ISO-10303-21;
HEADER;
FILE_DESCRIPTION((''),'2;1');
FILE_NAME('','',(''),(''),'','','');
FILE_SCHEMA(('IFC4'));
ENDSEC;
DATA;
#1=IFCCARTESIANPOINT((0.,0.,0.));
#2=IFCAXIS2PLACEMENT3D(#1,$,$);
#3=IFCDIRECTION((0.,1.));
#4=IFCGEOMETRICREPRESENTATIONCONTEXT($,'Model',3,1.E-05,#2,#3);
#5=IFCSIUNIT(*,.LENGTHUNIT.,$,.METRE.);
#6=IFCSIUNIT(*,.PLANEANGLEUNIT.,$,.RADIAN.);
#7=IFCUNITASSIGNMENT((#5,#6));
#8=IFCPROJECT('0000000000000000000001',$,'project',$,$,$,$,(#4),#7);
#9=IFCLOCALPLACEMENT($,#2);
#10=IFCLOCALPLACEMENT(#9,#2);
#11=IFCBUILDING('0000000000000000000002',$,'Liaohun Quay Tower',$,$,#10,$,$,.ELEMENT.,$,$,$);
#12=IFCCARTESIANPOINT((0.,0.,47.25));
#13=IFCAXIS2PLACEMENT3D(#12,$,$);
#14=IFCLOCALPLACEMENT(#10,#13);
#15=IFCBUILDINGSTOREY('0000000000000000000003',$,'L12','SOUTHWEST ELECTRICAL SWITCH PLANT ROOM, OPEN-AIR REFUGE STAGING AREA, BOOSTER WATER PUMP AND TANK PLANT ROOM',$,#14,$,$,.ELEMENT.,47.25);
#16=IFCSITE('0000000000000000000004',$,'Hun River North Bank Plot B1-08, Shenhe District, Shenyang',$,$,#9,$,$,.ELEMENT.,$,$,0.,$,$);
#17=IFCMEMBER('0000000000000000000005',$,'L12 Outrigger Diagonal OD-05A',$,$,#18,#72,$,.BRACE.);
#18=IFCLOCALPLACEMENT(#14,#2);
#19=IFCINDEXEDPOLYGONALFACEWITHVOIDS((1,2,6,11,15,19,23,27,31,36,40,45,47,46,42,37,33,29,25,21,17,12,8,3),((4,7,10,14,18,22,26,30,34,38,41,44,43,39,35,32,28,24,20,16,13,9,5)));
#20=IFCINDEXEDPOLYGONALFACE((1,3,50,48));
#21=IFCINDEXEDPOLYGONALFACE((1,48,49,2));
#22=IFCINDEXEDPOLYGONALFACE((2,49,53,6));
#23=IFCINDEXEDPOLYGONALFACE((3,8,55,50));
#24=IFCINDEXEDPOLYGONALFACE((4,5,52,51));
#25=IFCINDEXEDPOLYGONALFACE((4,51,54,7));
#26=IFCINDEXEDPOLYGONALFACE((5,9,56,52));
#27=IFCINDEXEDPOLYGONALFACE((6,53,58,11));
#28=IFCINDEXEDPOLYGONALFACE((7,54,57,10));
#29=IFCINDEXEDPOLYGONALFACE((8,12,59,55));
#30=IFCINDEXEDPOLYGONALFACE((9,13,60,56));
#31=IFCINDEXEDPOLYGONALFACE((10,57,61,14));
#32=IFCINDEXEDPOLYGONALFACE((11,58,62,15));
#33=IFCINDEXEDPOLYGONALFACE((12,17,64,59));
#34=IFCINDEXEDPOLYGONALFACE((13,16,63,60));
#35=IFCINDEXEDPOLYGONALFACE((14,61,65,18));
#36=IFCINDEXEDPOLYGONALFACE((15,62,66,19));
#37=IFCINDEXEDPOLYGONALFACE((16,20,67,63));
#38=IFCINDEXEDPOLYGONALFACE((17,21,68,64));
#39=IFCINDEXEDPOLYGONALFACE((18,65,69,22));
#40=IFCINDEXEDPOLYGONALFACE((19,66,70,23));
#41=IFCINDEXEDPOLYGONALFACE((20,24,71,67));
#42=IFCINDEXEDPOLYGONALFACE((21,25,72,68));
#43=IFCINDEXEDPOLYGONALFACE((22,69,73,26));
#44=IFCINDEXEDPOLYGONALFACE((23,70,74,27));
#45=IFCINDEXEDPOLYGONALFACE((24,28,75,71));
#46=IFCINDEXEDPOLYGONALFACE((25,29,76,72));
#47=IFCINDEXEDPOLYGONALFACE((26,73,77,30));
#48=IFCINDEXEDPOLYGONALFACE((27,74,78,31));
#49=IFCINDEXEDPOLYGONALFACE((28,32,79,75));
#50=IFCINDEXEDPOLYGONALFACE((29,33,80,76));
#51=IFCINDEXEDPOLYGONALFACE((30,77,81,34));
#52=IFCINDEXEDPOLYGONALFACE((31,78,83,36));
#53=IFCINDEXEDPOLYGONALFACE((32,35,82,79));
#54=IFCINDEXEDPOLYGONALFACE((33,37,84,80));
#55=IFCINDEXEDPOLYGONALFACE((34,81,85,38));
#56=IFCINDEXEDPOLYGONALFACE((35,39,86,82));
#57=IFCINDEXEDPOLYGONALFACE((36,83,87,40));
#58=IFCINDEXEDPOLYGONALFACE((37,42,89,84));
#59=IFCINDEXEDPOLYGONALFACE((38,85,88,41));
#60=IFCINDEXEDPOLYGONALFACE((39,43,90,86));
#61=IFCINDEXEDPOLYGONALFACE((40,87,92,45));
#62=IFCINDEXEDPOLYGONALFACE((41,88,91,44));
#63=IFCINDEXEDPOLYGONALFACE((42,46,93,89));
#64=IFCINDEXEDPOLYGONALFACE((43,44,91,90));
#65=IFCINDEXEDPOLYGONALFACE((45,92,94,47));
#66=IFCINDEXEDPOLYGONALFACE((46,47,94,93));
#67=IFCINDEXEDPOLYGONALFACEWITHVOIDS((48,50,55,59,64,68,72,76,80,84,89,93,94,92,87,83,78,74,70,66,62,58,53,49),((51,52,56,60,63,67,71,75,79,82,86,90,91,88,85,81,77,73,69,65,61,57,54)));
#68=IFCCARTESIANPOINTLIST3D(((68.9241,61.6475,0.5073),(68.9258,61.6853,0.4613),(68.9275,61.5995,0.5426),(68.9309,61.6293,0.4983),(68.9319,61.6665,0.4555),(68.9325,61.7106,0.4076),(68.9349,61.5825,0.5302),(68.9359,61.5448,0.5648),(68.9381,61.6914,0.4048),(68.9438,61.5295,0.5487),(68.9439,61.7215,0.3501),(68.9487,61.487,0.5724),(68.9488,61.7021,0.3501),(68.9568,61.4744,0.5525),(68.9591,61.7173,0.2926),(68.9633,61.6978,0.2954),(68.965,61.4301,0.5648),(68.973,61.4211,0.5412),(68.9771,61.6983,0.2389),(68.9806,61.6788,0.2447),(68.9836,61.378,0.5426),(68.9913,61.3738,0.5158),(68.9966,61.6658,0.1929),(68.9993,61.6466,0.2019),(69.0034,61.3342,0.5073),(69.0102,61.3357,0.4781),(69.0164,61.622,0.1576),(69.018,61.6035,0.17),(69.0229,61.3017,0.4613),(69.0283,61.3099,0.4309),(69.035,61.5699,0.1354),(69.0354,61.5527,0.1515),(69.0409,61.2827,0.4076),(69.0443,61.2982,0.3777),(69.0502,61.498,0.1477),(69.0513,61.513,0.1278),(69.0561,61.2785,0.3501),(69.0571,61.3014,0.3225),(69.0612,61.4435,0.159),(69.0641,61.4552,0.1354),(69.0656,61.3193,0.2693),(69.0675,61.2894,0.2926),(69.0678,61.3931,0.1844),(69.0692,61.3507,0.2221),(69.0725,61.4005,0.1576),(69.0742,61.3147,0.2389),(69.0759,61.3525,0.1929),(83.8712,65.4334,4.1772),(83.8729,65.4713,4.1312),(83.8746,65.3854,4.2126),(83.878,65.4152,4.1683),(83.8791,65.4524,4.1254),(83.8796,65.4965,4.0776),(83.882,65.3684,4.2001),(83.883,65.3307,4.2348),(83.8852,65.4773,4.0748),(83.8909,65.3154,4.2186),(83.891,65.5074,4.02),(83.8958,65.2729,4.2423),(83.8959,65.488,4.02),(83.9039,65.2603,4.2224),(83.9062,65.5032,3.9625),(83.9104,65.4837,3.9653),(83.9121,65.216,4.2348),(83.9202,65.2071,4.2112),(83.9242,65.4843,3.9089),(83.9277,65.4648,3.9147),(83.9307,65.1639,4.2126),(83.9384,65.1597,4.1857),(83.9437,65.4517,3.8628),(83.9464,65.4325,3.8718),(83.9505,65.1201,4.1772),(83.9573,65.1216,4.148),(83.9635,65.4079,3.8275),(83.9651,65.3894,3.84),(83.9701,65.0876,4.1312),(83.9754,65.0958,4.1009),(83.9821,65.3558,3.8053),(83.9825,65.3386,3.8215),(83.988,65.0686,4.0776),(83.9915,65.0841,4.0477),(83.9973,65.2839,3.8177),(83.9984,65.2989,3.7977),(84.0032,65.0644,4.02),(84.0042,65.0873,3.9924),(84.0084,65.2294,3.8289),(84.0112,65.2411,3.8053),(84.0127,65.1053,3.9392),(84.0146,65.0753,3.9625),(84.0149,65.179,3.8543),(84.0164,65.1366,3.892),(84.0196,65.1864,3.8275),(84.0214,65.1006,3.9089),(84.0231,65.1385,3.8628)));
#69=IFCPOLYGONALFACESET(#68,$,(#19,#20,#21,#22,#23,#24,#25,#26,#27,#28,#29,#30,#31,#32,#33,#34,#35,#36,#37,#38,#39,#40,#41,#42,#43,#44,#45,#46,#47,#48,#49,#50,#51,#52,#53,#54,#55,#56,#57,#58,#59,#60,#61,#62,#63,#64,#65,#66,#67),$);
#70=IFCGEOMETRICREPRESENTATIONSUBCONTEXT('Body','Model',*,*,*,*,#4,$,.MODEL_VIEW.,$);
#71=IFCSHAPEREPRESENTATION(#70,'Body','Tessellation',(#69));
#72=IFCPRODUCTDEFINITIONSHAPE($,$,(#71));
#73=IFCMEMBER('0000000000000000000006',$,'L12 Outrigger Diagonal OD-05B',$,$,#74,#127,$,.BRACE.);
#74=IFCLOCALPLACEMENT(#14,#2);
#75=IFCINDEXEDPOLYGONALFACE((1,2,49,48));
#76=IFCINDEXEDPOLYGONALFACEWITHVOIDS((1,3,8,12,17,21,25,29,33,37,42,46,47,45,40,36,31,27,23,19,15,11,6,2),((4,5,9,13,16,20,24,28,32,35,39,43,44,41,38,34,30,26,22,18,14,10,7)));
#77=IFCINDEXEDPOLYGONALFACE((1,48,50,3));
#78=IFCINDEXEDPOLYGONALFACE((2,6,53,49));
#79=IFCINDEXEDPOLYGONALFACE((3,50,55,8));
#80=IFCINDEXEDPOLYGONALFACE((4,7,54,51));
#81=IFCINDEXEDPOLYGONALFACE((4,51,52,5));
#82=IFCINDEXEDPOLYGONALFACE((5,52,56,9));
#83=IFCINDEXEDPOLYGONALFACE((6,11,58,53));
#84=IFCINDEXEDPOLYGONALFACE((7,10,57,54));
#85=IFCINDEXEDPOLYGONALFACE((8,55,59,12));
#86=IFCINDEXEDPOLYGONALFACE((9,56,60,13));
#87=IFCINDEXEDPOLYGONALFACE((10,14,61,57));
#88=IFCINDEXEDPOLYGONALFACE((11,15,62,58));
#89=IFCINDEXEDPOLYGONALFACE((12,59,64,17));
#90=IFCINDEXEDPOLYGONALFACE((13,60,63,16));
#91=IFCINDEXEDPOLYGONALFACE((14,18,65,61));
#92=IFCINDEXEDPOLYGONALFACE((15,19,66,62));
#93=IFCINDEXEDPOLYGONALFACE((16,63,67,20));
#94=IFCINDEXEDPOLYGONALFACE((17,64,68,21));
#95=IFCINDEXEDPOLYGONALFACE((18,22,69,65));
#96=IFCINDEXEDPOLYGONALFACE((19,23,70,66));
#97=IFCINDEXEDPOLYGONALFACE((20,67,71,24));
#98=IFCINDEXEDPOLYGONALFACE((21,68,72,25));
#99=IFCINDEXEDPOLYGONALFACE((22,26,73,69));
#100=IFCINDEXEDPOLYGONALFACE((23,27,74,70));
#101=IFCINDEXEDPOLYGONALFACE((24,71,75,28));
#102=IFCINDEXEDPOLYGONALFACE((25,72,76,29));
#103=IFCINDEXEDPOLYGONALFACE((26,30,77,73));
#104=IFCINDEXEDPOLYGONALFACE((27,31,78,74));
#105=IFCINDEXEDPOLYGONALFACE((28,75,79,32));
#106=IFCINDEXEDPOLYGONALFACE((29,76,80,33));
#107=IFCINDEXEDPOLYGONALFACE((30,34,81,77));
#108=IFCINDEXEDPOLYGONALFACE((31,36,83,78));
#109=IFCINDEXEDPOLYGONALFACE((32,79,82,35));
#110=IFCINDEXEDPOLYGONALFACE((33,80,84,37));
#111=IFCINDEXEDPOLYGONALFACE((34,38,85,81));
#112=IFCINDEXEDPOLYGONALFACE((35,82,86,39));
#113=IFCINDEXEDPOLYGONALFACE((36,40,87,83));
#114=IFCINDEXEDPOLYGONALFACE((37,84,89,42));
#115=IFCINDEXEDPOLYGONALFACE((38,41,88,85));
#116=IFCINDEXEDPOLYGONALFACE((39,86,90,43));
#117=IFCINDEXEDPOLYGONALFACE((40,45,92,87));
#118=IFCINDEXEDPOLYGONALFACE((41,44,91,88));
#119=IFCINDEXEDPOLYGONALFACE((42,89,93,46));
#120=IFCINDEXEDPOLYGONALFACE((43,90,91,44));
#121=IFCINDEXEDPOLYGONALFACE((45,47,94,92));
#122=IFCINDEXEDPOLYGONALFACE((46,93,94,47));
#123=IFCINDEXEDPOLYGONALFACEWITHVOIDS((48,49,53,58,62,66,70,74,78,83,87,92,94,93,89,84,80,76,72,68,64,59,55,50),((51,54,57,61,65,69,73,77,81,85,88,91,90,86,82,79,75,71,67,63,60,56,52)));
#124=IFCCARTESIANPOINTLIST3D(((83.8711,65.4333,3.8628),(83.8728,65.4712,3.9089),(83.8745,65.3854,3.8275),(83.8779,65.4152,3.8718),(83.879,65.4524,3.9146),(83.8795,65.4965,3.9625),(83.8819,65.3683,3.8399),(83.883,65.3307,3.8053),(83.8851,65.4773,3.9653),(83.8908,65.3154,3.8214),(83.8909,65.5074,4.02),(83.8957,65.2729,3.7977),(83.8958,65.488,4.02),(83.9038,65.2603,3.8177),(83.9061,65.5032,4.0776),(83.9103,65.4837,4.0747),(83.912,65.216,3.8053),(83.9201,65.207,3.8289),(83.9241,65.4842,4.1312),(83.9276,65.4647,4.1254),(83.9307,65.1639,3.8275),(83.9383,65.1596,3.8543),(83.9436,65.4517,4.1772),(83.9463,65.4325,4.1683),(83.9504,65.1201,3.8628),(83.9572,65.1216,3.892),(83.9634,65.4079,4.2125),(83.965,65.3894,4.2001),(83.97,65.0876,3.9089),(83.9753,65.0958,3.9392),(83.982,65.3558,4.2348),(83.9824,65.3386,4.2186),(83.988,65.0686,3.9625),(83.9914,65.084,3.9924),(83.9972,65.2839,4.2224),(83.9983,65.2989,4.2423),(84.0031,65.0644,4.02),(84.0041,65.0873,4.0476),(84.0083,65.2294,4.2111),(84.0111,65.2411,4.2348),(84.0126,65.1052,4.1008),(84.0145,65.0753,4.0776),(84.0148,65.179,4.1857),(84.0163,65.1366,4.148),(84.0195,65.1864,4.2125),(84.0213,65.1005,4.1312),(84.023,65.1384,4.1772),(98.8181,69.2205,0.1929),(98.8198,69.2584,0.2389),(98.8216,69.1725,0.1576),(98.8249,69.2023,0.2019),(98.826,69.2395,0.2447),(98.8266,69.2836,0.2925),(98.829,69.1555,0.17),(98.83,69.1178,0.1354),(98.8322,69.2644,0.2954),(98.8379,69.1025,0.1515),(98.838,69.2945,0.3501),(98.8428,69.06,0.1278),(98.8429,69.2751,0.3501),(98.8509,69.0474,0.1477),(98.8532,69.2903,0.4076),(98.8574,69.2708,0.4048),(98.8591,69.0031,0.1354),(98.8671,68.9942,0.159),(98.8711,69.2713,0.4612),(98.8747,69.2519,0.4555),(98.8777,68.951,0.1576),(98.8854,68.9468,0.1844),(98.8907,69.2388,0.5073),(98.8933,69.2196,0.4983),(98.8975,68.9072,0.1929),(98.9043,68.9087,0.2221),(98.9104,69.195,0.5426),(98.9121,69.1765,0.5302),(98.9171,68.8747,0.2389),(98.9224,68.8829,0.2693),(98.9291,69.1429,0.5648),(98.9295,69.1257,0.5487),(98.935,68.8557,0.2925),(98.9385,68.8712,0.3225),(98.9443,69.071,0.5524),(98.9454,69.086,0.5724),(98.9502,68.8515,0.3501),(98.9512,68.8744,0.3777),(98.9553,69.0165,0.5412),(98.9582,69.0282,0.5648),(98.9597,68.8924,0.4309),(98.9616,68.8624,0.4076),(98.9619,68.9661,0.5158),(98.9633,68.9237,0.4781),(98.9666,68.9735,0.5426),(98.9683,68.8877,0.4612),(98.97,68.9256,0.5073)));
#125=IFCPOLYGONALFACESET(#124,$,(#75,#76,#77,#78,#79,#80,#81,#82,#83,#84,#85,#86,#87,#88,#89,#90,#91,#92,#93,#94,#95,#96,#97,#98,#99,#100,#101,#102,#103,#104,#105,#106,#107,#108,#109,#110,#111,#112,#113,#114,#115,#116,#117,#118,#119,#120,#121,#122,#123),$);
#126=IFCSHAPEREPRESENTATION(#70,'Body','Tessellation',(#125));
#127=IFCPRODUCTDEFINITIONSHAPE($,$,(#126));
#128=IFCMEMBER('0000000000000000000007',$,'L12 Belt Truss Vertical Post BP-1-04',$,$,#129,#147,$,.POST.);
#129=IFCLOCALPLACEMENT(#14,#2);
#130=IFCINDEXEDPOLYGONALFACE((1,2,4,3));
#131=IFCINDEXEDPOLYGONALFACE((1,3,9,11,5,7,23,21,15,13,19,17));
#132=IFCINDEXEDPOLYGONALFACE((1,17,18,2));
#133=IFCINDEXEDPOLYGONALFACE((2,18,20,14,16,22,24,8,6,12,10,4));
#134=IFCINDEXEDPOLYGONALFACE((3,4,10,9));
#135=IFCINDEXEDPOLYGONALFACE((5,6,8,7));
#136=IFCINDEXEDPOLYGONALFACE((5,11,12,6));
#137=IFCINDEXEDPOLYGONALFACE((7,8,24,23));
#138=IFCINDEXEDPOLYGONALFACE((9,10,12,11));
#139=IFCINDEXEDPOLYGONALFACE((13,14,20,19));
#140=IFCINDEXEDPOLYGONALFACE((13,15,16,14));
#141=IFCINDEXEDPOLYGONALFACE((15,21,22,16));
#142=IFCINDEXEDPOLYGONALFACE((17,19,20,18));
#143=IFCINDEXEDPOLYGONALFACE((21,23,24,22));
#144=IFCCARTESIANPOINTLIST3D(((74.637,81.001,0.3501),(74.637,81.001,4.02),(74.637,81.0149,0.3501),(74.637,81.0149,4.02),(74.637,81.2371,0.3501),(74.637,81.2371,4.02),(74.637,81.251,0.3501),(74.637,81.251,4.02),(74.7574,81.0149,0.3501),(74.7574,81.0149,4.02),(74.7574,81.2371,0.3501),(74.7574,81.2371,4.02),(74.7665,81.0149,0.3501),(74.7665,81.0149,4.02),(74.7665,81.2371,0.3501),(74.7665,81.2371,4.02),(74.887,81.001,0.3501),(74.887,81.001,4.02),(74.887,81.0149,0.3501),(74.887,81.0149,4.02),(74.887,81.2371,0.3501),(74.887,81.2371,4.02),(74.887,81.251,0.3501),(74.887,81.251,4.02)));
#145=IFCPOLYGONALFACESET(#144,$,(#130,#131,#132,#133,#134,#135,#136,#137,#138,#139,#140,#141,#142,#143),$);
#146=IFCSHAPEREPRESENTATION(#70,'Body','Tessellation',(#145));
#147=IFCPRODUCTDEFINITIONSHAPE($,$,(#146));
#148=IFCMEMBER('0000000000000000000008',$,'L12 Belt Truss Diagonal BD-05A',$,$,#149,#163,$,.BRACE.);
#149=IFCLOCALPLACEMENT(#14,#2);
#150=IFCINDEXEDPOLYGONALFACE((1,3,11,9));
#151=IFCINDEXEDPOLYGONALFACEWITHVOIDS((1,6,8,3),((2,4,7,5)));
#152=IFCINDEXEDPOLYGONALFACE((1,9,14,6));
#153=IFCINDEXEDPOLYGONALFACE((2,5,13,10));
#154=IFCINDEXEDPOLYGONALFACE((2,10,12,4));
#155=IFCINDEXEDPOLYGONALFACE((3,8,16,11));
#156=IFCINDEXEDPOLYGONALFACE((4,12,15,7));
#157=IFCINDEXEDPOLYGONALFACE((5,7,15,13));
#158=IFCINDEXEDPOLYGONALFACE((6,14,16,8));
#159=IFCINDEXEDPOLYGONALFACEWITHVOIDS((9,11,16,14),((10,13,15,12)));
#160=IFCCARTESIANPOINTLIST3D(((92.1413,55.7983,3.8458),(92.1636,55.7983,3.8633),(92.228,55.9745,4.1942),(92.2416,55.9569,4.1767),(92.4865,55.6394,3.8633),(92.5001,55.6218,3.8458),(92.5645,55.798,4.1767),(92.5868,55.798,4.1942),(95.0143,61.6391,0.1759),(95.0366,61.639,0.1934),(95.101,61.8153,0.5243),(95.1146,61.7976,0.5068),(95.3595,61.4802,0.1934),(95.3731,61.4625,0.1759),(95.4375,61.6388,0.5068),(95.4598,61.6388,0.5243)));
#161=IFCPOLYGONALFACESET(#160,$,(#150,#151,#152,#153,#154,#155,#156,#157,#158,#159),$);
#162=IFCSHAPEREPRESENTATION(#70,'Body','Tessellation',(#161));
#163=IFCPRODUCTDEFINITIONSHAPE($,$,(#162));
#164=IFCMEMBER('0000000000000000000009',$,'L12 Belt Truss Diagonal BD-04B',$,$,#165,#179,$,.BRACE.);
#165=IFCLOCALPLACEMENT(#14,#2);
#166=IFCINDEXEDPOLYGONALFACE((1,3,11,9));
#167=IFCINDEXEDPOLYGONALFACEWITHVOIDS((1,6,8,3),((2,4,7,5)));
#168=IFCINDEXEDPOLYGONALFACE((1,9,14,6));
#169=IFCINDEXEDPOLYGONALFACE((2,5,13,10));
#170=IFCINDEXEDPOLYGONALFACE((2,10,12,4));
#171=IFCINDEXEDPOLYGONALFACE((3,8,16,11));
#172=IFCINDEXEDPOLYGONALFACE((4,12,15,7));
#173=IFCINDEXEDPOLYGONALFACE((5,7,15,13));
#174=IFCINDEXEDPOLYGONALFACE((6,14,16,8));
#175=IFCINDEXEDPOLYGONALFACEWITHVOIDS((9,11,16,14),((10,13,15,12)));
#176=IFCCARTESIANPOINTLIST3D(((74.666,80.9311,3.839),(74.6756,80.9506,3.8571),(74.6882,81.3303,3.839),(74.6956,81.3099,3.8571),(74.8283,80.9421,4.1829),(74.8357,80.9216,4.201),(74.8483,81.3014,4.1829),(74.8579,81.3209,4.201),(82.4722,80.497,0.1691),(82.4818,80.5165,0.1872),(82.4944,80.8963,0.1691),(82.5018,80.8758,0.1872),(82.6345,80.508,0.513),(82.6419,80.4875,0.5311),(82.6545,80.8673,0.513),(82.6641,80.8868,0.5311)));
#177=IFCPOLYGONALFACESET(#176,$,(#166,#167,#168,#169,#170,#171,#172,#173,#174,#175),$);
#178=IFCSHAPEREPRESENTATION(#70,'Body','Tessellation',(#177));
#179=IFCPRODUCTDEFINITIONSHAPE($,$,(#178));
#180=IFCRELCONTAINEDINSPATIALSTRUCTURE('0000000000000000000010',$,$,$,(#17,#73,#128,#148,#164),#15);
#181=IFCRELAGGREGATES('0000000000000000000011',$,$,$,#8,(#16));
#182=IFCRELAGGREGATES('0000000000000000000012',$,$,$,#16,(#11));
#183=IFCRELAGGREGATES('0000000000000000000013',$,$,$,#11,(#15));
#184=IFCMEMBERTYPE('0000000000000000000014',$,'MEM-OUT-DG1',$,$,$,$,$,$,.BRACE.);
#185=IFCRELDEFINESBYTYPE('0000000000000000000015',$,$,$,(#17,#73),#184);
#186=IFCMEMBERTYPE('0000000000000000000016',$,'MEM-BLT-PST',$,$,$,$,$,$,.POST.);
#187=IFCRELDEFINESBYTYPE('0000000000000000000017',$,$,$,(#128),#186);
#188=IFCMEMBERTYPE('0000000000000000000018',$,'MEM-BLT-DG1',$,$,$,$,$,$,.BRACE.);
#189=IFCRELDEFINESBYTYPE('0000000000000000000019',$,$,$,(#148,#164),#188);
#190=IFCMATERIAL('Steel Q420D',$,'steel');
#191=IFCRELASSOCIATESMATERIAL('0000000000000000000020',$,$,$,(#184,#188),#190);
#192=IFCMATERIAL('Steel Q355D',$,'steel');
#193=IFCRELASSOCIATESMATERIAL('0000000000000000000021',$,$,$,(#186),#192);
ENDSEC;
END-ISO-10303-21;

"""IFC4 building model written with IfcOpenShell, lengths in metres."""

from ifc_helpers import new_model, si_unit, direction, frame, origin, origin_2d, place, context, subcontext, project, spatial, hollow_rectangle, hollow_circle, i_section, extrude, source, transform, mapped, material, material_profile, profile_set, type_object, element, save


model = new_model("IFC4")

# Units and contexts
model_context = context("Model", 3, precision=1e-05, world=origin(), true_north=direction((0.0, 1.0)))
body_context = subcontext(model_context, "Body", "Model", "MODEL_VIEW")
ifc_project = project(units=[si_unit("LENGTHUNIT", "METRE"), si_unit("PLANEANGLEUNIT", "RADIAN")], contexts=[model_context])

# Site, building, storey
site_placement = place(None, origin())
site = spatial("IfcSite", under=ifc_project, at=site_placement, Name="Hun River North Bank Plot B1-08, Shenhe District, Shenyang", CompositionType="ELEMENT", RefElevation=0.0)
building_placement = place(site_placement, origin())
building = spatial("IfcBuilding", under=site, at=building_placement, Name="Liaohun Quay Tower", CompositionType="ELEMENT")
storey_placement = place(building_placement, frame((0.0, 0.0, 47.25)))
storey = spatial("IfcBuildingStorey", under=building, at=storey_placement, Name="L12", Description="SOUTHWEST ELECTRICAL SWITCH PLANT ROOM, OPEN-AIR REFUGE STAGING AREA, BOOSTER WATER PUMP AND TANK PLANT ROOM", CompositionType="ELEMENT", Elevation=47.25)

# Shared definitions
ifc_material_1 = material(Name="Steel Q355D", Category="steel")
ifc_material_2 = material(Name="Steel Q420D", Category="steel")

# Members
ifc_material_profile_1 = material_profile(ifc_material_2, hollow_circle(Radius=0.2285, WallThickness=0.02, at=origin_2d()), Name="CHS457x20")
ifc_profile_set_1 = profile_set([ifc_material_profile_1], Name="Steel Q420D")
member_type_1 = type_object("IfcMemberType", Name="MEM-OUT-DG1", PredefinedType="BRACE", material=ifc_profile_set_1)
shared_shape_1 = source(origin(), body_context, "Body", "SweptSolid", [
    extrude(hollow_circle(Radius=0.2285, WallThickness=0.02, at=origin_2d()), origin(), (0.0, 0.0, 1.0), 15.8499),
])
member_1_placement = place(storey_placement, frame((69.0, 61.5, 0.3501), z_axis=(0.943044, 0.238861, 0.231544), x_axis=(-0.245534, 0.969388, 0.0)))
element("IfcMember", 1, at=member_1_placement, inside=storey, type_object=member_type_1, Name="L12 Outrigger Diagonal OD-05A", PredefinedType="BRACE", context=body_context, shape_type="MappedRepresentation", body=[
    mapped(shared_shape_1, transform((0.0, 0.0, 0.0), x_axis=(1.0, 0.0, 0.0), y_axis=(0.0, 1.0, 0.0), z_axis=(0.0, 0.0, 1.0), scale=1.0)),
])
shared_shape_2 = source(origin(), body_context, "Body", "SweptSolid", [
    extrude(hollow_circle(Radius=0.2285, WallThickness=0.02, at=origin_2d()), origin(), (0.0, 0.0, 1.0), 15.8501),
])
member_2_placement = place(storey_placement, frame((83.947, 65.2859, 4.02), z_axis=(0.943027, 0.238934, -0.23154), x_axis=(-0.245608, 0.969369, 0.0)))
element("IfcMember", 2, at=member_2_placement, inside=storey, type_object=member_type_1, Name="L12 Outrigger Diagonal OD-05B", PredefinedType="BRACE", context=body_context, shape_type="MappedRepresentation", body=[
    mapped(shared_shape_2, transform((0.0, 0.0, 0.0), x_axis=(1.0, 0.0, 0.0), y_axis=(0.0, 1.0, 0.0), z_axis=(0.0, 0.0, 1.0), scale=1.0)),
])
ifc_material_profile_2 = material_profile(ifc_material_1, i_section(OverallWidth=0.25, OverallDepth=0.25, WebThickness=0.009, FlangeThickness=0.0139, at=origin_2d()), Name="HW250x250x9x14")
ifc_profile_set_2 = profile_set([ifc_material_profile_2], Name="Steel Q355D")
member_type_2 = type_object("IfcMemberType", Name="MEM-BLT-PST", PredefinedType="POST", material=ifc_profile_set_2)
shared_shape_3 = source(origin(), body_context, "Body", "SweptSolid", [
    extrude(i_section(OverallWidth=0.25, OverallDepth=0.25, WebThickness=0.009, FlangeThickness=0.0139, at=origin_2d()), origin(), (0.0, 0.0, 1.0), 3.6699),
])
member_3_placement = place(storey_placement, frame((74.762, 81.126, 0.3501), z_axis=(0.0, 0.0, 1.0), x_axis=(1.0, 0.0, 0.0)))
element("IfcMember", 3, at=member_3_placement, inside=storey, type_object=member_type_2, Name="L12 Belt Truss Vertical Post BP-1-04", PredefinedType="POST", context=body_context, shape_type="MappedRepresentation", body=[
    mapped(shared_shape_3, transform((0.0, 0.0, 0.0), x_axis=(1.0, 0.0, 0.0), y_axis=(0.0, 1.0, 0.0), z_axis=(0.0, 0.0, 1.0), scale=1.0)),
])
ifc_material_profile_3 = material_profile(ifc_material_2, hollow_rectangle(XDim=0.3999, YDim=0.3999, WallThickness=0.02, at=origin_2d()), Name="SHS400x400x20")
ifc_profile_set_3 = profile_set([ifc_material_profile_3], Name="Steel Q420D")
member_type_3 = type_object("IfcMemberType", Name="MEM-BLT-DG1", PredefinedType="BRACE", material=ifc_profile_set_3)
shared_shape_4 = source(origin(), body_context, "Body", "SweptSolid", [
    extrude(hollow_rectangle(XDim=0.3999, YDim=0.3999, WallThickness=0.02, at=origin_2d()), origin(), (0.0, 0.0, 1.0), 7.4724),
])
member_4_placement = place(storey_placement, frame((95.2371, 61.6389, 0.3501), z_axis=(-0.384484, -0.781645, 0.491125), x_axis=(0.897319, -0.441383, 0.0)))
element("IfcMember", 4, at=member_4_placement, inside=storey, type_object=member_type_3, Name="L12 Belt Truss Diagonal BD-05A", PredefinedType="BRACE", context=body_context, shape_type="MappedRepresentation", body=[
    mapped(shared_shape_4, transform((0.0, 0.0, 0.0), x_axis=(1.0, 0.0, 0.0), y_axis=(0.0, 1.0, 0.0), z_axis=(0.0, 0.0, 1.0), scale=1.0)),
])
shared_shape_5 = source(origin(), body_context, "Body", "SweptSolid", [
    extrude(hollow_rectangle(XDim=0.3999, YDim=0.3999, WallThickness=0.02, at=origin_2d()), origin(), (0.0, 0.0, 1.0), 8.6367),
])
member_5_placement = place(storey_placement, frame((74.762, 81.126, 4.02), z_axis=(0.903834, -0.05026, -0.424921), x_axis=(0.055522, 0.998457, 0.0)))
element("IfcMember", 5, at=member_5_placement, inside=storey, type_object=member_type_3, Name="L12 Belt Truss Diagonal BD-04B", PredefinedType="BRACE", context=body_context, shape_type="MappedRepresentation", body=[
    mapped(shared_shape_5, transform((0.0, 0.0, 0.0), x_axis=(1.0, 0.0, 0.0), y_axis=(0.0, 1.0, 0.0), z_axis=(0.0, 0.0, 1.0), scale=1.0)),
])

save(model, "model.ifc")
